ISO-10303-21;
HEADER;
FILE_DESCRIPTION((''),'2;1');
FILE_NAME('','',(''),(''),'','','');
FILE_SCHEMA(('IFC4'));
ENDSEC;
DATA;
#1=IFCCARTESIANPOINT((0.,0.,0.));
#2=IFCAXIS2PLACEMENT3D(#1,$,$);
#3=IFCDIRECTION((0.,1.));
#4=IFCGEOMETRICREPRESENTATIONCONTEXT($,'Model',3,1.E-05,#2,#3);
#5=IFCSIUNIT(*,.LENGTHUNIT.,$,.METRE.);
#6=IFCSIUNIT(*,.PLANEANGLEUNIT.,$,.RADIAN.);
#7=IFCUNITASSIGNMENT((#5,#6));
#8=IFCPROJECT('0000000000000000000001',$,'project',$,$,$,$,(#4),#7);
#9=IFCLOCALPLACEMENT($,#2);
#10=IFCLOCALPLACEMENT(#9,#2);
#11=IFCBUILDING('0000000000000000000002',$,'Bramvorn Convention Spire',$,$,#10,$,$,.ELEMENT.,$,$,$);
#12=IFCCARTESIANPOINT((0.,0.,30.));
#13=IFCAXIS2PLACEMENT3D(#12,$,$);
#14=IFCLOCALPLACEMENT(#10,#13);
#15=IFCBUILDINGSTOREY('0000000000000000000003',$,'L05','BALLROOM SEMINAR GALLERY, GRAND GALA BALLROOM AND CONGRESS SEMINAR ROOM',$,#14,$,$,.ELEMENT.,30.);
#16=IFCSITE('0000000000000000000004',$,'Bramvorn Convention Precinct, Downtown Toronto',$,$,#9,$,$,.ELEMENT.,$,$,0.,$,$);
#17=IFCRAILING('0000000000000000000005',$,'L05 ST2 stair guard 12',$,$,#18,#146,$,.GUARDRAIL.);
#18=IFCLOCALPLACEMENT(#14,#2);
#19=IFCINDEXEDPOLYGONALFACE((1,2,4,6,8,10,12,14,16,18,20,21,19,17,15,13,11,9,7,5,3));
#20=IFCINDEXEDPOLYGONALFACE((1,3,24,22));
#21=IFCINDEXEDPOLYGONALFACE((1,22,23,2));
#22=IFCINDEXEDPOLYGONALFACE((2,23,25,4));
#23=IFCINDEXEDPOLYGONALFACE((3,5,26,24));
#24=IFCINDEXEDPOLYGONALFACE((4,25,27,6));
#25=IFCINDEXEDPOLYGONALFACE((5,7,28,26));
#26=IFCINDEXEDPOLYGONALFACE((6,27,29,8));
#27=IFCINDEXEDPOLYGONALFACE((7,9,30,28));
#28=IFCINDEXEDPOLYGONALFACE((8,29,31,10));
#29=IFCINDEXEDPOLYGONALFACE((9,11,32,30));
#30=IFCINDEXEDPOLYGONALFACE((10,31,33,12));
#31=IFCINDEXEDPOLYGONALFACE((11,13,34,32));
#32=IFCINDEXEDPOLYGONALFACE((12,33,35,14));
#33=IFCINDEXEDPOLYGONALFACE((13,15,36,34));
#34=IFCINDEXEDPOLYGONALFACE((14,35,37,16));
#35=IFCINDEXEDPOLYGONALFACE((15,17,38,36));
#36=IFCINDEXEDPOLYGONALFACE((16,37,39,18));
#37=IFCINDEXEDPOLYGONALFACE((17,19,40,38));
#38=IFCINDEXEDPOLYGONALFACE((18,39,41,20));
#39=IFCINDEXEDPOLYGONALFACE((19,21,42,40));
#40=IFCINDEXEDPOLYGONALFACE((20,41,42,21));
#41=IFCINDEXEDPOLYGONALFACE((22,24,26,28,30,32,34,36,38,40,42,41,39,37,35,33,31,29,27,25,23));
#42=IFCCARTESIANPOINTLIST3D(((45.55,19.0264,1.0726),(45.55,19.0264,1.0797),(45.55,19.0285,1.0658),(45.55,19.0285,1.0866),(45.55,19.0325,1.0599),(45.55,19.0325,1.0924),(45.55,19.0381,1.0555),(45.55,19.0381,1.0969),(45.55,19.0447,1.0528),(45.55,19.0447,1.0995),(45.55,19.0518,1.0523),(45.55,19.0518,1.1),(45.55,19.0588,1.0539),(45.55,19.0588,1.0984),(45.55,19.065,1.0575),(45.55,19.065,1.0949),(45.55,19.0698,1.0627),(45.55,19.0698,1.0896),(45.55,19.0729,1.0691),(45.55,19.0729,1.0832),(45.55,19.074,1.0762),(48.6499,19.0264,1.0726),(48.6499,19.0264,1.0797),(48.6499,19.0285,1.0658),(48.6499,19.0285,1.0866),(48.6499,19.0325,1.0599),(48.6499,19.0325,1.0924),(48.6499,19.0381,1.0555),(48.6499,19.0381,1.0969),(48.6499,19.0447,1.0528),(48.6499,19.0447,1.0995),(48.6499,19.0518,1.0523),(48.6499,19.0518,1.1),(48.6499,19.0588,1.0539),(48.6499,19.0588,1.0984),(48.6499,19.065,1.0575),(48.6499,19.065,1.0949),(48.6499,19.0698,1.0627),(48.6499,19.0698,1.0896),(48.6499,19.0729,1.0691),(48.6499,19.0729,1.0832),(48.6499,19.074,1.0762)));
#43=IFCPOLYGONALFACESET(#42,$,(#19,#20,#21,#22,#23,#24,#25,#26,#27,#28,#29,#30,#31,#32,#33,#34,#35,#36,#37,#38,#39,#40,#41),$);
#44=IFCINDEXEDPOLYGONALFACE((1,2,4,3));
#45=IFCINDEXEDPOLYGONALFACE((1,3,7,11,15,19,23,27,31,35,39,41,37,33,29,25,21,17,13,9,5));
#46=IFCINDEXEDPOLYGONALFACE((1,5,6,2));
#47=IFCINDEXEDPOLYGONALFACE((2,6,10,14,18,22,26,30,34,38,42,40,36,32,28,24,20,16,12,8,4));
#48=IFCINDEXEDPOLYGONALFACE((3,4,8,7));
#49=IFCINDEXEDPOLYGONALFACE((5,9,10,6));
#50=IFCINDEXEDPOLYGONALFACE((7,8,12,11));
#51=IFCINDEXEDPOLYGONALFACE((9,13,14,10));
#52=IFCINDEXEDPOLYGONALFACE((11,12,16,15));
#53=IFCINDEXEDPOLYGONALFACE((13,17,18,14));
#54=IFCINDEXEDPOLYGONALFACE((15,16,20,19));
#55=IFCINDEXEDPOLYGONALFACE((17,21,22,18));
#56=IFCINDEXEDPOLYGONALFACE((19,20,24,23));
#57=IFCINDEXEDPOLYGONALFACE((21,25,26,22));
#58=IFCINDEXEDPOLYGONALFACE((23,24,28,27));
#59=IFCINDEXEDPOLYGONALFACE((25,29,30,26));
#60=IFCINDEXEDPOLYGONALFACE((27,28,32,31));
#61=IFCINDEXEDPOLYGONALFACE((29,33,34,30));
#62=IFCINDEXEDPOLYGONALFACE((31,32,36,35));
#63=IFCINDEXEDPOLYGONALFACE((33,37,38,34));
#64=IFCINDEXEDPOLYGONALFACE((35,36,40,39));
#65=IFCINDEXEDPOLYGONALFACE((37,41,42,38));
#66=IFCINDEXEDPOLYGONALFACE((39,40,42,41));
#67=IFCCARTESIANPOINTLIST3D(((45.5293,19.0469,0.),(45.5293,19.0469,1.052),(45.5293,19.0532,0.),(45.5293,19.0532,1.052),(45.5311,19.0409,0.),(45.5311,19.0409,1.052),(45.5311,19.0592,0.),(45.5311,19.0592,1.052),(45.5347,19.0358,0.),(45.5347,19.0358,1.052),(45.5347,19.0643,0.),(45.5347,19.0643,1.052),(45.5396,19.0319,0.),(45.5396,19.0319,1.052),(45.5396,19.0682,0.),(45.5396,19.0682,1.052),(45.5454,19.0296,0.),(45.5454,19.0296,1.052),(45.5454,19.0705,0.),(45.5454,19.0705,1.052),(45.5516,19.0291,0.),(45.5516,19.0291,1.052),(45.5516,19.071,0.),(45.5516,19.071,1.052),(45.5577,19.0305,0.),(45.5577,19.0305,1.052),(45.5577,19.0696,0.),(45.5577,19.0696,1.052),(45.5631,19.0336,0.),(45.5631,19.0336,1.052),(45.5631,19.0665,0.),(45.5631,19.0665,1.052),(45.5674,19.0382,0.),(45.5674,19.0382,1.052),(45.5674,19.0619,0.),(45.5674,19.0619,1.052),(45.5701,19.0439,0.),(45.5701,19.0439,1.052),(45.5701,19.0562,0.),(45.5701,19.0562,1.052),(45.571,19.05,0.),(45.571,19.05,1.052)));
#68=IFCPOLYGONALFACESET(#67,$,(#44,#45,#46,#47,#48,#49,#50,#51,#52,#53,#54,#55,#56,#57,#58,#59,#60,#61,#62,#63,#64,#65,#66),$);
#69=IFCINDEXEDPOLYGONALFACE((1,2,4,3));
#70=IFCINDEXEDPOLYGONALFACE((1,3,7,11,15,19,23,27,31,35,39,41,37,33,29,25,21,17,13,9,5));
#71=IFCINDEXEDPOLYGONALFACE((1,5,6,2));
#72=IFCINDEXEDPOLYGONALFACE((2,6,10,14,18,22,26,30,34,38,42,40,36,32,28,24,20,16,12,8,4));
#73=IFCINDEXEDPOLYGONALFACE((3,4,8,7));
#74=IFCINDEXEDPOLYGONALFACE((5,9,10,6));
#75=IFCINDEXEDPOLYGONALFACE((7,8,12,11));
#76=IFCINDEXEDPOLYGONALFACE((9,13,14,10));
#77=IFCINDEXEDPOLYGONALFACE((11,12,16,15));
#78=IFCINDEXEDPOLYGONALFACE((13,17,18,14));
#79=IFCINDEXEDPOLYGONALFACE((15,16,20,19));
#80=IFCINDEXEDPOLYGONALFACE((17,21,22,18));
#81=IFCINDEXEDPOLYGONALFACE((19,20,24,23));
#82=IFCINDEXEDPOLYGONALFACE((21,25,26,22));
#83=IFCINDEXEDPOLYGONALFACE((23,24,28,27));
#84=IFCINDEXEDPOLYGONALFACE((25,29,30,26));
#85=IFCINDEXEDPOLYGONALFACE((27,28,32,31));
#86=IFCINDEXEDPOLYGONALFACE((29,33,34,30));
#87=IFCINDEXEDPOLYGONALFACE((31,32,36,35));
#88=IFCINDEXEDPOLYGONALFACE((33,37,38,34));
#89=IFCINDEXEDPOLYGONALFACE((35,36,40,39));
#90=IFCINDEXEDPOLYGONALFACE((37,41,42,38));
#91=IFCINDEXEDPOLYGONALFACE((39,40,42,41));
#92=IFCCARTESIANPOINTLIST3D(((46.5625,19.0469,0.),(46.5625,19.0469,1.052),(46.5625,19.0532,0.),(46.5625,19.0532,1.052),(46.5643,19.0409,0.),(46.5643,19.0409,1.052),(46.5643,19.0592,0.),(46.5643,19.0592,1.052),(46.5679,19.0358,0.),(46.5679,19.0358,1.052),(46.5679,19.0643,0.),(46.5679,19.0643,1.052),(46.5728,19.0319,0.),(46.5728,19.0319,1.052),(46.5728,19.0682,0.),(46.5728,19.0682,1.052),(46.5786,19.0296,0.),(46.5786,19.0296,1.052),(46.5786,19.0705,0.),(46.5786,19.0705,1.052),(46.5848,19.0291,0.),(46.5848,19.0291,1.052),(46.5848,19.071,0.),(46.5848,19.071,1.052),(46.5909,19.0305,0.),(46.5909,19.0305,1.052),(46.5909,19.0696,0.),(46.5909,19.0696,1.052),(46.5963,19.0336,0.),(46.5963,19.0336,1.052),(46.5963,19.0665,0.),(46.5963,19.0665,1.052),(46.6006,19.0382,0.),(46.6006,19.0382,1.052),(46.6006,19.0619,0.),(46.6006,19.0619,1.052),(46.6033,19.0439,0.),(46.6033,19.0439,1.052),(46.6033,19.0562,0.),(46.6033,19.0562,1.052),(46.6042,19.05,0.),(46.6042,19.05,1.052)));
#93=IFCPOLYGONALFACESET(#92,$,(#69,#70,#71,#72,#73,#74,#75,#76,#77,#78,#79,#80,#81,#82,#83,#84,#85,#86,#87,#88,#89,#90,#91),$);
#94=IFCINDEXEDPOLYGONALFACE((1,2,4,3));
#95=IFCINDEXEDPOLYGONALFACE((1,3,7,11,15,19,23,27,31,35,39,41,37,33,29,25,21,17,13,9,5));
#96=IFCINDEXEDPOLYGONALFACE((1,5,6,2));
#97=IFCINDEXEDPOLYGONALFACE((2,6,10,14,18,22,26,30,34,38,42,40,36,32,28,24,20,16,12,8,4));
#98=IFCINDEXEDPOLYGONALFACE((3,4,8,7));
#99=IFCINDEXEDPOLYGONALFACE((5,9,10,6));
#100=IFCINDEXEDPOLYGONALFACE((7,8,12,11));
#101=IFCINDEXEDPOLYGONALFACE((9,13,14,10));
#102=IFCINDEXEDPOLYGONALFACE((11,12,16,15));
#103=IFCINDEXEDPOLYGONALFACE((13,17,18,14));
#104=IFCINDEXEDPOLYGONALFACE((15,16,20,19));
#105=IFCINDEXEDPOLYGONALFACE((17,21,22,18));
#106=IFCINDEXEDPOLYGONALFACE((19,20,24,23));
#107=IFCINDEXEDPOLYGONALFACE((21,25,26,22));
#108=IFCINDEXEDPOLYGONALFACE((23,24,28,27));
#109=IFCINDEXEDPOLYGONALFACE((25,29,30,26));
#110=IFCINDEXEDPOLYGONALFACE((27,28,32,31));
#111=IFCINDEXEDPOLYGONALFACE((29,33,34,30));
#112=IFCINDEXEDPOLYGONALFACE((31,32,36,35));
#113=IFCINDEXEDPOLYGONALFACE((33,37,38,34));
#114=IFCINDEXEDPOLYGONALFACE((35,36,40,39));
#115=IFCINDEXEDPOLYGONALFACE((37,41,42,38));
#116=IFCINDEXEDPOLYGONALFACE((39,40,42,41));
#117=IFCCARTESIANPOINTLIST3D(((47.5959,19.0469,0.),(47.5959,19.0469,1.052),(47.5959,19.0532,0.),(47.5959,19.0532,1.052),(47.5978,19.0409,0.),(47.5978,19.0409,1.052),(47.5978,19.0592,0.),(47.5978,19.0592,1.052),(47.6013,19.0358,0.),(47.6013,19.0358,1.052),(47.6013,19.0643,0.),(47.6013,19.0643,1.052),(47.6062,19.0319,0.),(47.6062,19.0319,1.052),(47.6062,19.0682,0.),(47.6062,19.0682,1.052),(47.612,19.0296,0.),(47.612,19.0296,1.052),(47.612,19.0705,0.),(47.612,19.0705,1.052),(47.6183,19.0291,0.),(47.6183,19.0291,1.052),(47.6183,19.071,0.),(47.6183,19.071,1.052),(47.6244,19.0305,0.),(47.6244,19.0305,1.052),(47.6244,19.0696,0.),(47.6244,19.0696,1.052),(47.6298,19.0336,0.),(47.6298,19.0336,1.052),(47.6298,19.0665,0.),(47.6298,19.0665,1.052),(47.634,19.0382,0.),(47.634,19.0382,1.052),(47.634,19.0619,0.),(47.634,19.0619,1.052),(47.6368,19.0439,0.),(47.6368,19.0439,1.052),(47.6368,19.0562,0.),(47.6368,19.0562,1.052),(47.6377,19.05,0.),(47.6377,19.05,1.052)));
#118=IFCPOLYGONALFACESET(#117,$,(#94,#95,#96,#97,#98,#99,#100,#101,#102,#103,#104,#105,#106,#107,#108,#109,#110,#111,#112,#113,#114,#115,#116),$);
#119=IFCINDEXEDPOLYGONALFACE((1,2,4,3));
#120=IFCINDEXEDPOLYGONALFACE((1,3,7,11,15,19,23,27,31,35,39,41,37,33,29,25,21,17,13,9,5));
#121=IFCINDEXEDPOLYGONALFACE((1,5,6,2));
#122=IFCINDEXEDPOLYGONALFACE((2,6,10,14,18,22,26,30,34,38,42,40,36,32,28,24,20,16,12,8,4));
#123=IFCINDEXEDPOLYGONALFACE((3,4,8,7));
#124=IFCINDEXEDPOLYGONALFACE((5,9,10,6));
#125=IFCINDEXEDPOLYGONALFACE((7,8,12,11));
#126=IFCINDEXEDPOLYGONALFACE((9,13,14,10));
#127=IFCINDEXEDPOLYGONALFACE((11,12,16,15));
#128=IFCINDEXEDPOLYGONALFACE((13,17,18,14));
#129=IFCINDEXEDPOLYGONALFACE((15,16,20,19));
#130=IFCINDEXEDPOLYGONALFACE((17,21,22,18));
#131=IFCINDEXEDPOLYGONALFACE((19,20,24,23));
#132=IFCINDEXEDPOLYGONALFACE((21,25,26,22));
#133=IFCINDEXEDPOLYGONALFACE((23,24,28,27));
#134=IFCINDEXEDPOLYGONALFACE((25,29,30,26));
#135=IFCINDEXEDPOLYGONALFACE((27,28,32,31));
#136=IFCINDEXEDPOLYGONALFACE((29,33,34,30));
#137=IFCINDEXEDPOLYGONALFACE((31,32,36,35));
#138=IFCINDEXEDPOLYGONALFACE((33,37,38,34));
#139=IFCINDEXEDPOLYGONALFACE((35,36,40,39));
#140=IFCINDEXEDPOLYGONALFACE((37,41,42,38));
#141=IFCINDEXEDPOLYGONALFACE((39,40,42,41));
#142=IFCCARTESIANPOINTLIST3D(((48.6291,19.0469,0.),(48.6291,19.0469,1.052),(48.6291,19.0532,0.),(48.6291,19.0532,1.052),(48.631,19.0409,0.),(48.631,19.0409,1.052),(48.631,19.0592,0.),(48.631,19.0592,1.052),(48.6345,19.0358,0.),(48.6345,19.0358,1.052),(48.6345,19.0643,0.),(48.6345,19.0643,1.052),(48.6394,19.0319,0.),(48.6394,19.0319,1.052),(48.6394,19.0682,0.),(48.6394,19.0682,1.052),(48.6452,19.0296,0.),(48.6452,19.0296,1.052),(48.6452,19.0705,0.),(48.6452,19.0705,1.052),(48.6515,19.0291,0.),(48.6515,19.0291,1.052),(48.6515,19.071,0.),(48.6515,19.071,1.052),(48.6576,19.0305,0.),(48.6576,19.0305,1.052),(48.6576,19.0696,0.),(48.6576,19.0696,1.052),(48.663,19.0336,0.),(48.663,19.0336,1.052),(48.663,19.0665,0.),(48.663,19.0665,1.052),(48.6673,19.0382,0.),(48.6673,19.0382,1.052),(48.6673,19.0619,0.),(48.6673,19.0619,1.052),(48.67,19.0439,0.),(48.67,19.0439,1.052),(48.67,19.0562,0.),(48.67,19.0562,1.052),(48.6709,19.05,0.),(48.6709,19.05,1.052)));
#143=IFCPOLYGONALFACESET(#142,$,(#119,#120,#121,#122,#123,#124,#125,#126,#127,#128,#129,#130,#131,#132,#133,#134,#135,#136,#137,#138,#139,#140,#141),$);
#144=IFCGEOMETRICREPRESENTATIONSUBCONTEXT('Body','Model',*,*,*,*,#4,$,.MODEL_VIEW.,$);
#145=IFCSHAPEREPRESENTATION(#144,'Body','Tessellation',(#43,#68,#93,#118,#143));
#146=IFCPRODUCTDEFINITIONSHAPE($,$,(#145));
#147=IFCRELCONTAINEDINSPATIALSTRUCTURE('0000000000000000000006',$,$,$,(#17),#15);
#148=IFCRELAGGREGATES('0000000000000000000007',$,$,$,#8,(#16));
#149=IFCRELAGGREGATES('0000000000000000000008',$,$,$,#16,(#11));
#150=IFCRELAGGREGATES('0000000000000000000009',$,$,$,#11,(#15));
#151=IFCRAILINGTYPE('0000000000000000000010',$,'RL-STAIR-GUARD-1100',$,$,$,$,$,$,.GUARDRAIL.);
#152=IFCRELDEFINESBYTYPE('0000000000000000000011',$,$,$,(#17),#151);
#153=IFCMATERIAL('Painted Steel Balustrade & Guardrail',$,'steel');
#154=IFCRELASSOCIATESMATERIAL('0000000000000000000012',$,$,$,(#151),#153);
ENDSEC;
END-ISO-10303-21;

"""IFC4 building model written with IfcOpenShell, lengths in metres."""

from ifc_helpers import new_model, si_unit, direction, frame, origin, origin_2d, place, context, subcontext, project, spatial, circle, extrude, material, type_object, element, save


model = new_model("IFC4")

# Units and contexts
model_context = context("Model", 3, precision=1e-05, world=origin(), true_north=direction((0.0, 1.0)))
body_context = subcontext(model_context, "Body", "Model", "MODEL_VIEW")
ifc_project = project(units=[si_unit("LENGTHUNIT", "METRE"), si_unit("PLANEANGLEUNIT", "RADIAN")], contexts=[model_context])

# Site, building, storey
site_placement = place(None, origin())
site = spatial("IfcSite", under=ifc_project, at=site_placement, Name="Bramvorn Convention Precinct, Downtown Toronto", CompositionType="ELEMENT", RefElevation=0.0)
building_placement = place(site_placement, origin())
building = spatial("IfcBuilding", under=site, at=building_placement, Name="Bramvorn Convention Spire", CompositionType="ELEMENT")
storey_placement = place(building_placement, frame((0.0, 0.0, 30.0)))
storey = spatial("IfcBuildingStorey", under=building, at=storey_placement, Name="L05", Description="BALLROOM SEMINAR GALLERY, GRAND GALA BALLROOM AND CONGRESS SEMINAR ROOM", CompositionType="ELEMENT", Elevation=30.0)

# Railing
ifc_material_1 = material(Name="Painted Steel Balustrade & Guardrail", Category="steel")
railing_type = type_object("IfcRailingType", Name="RL-STAIR-GUARD-1100", PredefinedType="GUARDRAIL", material=ifc_material_1)
railing_placement = place(storey_placement, frame((45.55, 19.05, 0.0)))
element("IfcRailing", 1, at=railing_placement, inside=storey, type_object=railing_type, Name="L05 ST2 stair guard 12", PredefinedType="GUARDRAIL", context=body_context, shape_type="SweptSolid", body=[
    extrude(circle(Radius=0.0239, at=origin_2d()), frame((0.0, 0.0, 1.0762), z_axis=(1.0, 0.0, 0.0), x_axis=(0.0, 1.0, 0.0)), (0.0, 0.0, 1.0), 3.0999),
    extrude(circle(Radius=0.021, at=origin_2d()), origin(), (0.0, 0.0, 1.0), 1.052),
    extrude(circle(Radius=0.021, at=origin_2d()), frame((1.0332, 0.0, 0.0)), (0.0, 0.0, 1.0), 1.052),
    extrude(circle(Radius=0.021, at=origin_2d()), frame((2.0667, 0.0, 0.0)), (0.0, 0.0, 1.0), 1.052),
    extrude(circle(Radius=0.021, at=origin_2d()), frame((3.0999, 0.0, 0.0)), (0.0, 0.0, 1.0), 1.052),
])

save(model, "model.ifc")
